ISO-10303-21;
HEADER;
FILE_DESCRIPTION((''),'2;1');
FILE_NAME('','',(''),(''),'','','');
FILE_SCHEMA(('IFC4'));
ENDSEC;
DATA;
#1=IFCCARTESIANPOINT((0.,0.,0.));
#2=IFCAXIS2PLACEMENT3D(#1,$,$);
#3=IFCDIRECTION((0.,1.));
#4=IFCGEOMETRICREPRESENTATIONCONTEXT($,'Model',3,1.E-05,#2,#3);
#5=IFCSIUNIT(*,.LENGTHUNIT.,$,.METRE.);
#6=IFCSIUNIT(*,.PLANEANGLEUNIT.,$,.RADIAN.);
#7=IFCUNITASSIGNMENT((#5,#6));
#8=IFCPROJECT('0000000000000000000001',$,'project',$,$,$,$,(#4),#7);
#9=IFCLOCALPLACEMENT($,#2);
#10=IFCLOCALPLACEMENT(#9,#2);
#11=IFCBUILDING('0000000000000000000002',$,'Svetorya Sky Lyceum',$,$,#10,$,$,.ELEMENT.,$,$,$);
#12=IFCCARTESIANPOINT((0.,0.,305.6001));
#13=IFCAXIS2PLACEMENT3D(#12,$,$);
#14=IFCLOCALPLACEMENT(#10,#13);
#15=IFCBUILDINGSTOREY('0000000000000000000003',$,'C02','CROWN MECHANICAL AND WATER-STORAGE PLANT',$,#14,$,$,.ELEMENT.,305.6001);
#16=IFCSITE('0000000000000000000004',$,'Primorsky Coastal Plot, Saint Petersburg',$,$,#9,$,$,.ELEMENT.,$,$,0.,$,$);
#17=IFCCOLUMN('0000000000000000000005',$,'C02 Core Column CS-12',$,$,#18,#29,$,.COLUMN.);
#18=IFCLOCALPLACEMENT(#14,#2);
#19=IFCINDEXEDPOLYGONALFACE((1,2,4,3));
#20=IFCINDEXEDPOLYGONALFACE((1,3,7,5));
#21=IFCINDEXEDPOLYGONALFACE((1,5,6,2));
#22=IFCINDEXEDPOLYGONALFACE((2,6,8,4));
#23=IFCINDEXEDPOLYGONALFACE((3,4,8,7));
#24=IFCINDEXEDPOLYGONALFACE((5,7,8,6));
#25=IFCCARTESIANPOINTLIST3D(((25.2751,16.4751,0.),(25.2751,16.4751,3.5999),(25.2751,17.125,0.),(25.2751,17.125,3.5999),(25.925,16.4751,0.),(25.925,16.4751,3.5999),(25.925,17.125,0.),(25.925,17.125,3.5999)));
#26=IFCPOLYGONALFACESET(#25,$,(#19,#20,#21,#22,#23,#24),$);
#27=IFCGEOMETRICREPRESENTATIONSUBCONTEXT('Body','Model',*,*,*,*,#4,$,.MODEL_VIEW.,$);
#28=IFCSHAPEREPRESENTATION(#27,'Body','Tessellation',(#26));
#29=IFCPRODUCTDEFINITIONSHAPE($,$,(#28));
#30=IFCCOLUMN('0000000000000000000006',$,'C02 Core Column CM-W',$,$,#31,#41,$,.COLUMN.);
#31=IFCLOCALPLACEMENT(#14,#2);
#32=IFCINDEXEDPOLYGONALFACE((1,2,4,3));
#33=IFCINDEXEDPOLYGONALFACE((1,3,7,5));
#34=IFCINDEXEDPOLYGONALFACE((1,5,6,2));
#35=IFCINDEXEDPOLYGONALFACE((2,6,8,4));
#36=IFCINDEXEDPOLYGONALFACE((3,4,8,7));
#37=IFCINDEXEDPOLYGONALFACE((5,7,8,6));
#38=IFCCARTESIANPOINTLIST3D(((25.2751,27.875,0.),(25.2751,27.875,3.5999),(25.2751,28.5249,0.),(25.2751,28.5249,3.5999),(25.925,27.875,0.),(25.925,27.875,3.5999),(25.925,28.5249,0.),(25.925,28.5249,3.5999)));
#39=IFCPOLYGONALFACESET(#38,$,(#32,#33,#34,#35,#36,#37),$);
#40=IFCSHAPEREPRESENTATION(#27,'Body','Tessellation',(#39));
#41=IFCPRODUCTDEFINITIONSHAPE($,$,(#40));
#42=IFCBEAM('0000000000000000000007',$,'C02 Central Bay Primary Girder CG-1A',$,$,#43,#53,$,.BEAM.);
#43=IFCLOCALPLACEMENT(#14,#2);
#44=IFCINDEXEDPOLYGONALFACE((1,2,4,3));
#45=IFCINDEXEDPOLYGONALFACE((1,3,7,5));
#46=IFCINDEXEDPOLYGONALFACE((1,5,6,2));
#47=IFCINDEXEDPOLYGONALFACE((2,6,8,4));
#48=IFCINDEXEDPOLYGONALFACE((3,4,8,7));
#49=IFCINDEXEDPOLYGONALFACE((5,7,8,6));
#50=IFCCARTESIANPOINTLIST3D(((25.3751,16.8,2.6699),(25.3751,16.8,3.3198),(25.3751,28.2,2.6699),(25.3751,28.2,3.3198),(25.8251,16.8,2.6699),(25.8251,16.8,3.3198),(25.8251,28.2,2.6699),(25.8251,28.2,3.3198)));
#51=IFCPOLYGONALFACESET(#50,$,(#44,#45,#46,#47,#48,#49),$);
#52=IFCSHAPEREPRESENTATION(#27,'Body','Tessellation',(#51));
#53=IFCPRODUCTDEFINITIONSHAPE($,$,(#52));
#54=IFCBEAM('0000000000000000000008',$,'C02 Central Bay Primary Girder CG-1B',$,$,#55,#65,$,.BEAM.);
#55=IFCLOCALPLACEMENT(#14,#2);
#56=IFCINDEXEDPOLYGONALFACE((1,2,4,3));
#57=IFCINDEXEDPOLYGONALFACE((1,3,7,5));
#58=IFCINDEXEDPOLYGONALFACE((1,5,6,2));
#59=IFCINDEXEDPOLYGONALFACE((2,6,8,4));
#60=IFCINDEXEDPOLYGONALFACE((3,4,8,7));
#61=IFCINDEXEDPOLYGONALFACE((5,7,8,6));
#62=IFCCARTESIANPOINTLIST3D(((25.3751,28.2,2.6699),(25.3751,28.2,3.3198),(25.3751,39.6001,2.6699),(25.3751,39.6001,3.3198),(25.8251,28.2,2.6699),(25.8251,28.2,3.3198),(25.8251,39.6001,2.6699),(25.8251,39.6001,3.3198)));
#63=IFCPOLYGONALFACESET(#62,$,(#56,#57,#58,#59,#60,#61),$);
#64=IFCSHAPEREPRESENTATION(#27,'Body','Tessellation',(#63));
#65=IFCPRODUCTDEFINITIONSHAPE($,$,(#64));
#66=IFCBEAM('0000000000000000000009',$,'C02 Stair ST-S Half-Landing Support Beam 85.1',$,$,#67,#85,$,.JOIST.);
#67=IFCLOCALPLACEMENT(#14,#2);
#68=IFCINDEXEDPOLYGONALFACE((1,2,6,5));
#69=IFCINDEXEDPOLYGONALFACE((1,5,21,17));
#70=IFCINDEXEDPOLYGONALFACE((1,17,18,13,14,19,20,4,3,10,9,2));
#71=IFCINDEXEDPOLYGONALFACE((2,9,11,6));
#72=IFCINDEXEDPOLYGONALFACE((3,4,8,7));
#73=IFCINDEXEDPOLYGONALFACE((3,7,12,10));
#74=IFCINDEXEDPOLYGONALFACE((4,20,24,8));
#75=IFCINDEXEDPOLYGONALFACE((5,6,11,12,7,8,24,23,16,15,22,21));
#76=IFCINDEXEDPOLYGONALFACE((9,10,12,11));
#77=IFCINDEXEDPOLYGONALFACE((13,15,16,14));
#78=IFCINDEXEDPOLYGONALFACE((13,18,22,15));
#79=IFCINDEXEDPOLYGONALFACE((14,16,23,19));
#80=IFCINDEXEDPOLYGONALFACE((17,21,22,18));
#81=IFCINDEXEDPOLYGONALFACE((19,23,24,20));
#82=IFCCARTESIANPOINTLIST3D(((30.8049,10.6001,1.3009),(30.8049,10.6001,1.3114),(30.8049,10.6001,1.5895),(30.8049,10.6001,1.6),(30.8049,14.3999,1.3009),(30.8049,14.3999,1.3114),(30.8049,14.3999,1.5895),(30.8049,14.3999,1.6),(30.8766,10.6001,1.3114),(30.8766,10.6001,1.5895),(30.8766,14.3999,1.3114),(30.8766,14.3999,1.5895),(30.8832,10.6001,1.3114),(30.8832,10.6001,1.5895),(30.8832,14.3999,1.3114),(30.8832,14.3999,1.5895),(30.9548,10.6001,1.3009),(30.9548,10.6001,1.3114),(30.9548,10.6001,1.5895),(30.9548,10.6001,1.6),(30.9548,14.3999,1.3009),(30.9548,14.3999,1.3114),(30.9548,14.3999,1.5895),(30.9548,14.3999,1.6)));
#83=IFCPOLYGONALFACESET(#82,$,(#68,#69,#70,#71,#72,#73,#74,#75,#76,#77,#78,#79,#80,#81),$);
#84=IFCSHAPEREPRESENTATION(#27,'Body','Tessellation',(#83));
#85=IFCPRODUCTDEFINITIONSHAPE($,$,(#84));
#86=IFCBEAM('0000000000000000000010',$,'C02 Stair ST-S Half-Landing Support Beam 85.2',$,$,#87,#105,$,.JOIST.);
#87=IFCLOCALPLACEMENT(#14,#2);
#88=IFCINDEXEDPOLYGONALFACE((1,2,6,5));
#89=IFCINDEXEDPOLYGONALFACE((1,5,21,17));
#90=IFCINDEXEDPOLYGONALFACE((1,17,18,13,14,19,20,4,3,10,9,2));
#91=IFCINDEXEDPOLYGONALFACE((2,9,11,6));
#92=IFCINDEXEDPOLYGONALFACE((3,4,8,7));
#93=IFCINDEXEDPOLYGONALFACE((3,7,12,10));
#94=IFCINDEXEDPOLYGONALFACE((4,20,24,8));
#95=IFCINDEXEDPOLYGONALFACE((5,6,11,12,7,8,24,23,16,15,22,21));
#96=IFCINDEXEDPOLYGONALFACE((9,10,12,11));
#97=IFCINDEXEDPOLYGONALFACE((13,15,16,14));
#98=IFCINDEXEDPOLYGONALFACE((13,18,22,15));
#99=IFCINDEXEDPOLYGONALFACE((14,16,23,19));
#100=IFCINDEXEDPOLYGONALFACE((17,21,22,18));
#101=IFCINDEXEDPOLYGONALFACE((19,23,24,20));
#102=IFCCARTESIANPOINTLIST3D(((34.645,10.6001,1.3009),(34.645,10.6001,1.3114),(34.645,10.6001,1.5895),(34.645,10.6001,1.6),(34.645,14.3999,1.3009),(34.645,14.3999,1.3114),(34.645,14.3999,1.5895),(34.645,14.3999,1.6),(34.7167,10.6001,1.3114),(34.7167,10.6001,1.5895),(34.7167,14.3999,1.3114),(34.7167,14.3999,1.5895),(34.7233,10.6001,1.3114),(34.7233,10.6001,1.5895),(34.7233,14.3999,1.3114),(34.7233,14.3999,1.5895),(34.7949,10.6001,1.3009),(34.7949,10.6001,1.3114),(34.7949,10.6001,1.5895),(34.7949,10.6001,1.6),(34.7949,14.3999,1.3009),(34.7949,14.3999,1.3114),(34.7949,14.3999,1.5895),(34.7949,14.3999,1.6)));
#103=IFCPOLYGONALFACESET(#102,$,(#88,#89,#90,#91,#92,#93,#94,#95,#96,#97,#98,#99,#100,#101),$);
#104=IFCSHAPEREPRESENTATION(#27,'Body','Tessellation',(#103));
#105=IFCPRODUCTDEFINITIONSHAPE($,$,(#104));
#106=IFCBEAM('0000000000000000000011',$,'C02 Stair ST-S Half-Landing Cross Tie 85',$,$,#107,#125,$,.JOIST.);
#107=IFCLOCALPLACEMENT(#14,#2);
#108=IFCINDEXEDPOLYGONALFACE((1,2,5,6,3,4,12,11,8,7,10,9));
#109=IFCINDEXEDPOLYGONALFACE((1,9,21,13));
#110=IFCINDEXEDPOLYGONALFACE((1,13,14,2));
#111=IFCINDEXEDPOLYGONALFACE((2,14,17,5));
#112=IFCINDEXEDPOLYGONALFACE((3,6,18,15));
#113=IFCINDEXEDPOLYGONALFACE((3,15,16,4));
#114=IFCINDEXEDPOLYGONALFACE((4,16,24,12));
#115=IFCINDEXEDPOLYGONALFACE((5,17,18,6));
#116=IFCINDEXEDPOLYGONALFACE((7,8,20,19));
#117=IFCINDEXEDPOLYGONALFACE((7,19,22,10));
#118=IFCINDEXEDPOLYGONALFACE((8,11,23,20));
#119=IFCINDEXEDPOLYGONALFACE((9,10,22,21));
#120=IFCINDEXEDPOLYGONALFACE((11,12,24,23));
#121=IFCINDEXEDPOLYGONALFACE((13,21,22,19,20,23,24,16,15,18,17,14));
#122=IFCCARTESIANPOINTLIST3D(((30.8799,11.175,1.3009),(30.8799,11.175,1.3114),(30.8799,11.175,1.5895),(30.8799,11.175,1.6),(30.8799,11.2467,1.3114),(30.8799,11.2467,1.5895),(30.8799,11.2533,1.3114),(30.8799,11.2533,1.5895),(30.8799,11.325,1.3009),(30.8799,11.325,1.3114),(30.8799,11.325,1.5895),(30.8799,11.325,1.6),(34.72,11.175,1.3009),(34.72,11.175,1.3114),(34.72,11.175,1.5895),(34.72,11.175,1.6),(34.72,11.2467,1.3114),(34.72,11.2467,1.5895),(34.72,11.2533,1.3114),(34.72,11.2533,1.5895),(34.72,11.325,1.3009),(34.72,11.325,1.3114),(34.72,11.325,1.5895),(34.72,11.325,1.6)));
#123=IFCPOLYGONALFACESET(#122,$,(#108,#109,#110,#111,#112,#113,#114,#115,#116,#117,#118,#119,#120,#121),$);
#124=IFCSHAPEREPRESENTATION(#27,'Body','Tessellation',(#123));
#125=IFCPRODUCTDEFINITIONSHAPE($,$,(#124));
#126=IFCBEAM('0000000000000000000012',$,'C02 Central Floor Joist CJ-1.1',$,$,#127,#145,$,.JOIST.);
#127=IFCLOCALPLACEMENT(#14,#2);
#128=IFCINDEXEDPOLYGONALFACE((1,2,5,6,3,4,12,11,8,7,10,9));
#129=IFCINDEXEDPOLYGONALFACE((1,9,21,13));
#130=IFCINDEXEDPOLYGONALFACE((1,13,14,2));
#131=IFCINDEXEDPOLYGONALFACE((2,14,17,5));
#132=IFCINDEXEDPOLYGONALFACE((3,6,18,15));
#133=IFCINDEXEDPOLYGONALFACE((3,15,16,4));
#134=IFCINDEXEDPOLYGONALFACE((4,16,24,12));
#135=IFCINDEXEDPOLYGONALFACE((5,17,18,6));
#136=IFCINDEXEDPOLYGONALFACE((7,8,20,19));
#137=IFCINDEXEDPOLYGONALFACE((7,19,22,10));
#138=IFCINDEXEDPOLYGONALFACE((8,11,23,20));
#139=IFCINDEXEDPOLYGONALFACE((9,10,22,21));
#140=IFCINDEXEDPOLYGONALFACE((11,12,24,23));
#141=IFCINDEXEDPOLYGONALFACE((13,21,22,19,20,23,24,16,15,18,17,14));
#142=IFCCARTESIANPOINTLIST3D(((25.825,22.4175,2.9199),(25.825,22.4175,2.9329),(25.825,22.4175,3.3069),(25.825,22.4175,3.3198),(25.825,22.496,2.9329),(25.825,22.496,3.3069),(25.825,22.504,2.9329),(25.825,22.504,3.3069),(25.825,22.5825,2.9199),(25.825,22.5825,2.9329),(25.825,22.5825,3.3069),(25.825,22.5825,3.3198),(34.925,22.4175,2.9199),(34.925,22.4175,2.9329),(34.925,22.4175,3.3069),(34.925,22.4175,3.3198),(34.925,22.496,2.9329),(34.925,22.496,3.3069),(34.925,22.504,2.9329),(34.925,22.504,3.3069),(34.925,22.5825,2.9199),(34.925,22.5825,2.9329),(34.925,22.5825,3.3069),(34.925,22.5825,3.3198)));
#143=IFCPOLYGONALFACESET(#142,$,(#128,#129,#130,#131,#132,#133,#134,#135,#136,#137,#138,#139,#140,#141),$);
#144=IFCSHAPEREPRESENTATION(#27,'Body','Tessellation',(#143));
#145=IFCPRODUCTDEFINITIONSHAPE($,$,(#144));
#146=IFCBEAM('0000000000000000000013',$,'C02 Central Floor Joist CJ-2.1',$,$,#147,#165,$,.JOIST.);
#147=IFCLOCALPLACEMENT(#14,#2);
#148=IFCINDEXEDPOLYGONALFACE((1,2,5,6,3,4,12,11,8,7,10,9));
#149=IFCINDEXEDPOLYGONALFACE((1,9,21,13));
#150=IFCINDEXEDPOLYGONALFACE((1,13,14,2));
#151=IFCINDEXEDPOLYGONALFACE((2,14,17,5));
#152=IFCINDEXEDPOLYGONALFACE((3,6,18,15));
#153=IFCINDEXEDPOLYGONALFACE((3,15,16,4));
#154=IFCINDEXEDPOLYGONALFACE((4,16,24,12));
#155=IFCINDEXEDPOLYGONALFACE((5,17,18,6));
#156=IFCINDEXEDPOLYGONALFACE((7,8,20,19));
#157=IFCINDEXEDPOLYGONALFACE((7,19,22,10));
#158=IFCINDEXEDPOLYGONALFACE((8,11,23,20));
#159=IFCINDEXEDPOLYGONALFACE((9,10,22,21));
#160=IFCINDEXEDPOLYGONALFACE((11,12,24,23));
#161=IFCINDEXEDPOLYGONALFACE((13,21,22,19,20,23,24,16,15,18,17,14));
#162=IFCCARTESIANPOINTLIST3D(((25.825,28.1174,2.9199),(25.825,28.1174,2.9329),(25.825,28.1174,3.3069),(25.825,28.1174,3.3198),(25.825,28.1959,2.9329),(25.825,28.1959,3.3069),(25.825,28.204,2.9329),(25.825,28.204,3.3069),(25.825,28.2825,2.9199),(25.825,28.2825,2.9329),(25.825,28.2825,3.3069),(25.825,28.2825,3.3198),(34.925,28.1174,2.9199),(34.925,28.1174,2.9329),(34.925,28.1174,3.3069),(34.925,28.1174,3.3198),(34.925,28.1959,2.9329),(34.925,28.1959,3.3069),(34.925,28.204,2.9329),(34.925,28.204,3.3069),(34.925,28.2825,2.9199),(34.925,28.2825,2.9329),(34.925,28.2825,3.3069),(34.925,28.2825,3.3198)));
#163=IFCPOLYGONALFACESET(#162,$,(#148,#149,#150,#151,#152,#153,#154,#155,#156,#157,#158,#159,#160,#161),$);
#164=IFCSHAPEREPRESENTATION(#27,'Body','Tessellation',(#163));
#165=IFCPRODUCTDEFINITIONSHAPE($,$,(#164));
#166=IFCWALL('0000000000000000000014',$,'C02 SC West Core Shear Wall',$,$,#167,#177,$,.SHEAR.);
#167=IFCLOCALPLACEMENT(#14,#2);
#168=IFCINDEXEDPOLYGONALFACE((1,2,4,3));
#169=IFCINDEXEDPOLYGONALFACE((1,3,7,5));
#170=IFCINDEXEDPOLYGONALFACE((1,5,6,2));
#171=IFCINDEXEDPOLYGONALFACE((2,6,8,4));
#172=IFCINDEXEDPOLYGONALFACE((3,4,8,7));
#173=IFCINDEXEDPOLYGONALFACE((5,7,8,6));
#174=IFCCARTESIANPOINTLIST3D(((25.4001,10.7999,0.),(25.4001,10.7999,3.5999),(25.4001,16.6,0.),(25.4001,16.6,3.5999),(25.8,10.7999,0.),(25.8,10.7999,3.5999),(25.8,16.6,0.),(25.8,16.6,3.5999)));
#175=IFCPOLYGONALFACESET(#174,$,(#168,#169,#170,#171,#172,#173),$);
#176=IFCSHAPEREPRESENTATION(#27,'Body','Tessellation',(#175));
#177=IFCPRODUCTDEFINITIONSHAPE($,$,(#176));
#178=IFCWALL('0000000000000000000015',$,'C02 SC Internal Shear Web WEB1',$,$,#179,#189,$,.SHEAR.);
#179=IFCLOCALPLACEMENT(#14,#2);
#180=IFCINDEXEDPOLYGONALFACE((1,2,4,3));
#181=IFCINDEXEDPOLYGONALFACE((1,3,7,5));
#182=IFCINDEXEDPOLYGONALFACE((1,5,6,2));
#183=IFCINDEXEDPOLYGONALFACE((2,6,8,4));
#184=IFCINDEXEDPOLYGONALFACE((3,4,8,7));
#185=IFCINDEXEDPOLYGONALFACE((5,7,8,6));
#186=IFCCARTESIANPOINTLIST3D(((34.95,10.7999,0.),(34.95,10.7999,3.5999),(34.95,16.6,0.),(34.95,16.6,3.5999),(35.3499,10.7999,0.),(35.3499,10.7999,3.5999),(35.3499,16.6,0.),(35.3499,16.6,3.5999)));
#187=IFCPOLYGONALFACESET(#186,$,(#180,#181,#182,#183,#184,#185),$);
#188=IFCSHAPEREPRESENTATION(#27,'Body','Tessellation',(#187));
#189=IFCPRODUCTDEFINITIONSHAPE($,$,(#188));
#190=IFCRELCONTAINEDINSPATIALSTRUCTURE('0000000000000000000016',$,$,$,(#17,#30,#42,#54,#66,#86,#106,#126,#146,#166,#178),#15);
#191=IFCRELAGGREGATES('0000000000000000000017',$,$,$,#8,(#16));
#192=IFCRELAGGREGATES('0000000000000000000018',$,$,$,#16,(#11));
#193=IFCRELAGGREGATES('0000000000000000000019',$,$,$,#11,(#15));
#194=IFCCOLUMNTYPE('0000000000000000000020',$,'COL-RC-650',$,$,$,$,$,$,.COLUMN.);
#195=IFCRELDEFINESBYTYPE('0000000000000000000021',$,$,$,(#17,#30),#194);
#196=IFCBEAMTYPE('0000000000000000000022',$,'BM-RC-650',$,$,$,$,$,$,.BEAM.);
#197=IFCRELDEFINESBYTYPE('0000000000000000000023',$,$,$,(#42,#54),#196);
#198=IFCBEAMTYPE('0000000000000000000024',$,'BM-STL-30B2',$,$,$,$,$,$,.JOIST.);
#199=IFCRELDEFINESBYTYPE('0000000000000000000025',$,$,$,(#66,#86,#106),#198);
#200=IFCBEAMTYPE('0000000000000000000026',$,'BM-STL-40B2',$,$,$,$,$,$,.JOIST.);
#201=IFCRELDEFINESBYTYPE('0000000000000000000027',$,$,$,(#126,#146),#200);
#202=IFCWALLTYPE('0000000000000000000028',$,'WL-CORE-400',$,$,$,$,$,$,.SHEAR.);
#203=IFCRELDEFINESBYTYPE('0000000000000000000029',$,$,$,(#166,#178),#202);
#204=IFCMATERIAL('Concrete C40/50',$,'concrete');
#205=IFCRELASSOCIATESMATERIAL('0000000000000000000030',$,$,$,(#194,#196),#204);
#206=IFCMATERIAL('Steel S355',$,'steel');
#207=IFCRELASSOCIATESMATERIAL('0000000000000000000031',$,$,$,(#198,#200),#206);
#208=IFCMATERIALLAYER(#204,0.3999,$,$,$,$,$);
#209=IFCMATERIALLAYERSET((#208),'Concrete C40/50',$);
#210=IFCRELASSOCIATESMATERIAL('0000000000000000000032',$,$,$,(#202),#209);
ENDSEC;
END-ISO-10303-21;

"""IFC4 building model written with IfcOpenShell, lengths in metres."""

from ifc_helpers import new_model, si_unit, direction, frame, frame_2d, origin, origin_2d, place, context, subcontext, project, spatial, rectangle, i_section, extrude, material, layer, layer_set, material_profile, profile_set, type_object, element, save


model = new_model("IFC4")

# Units and contexts
model_context = context("Model", 3, precision=1e-05, world=origin(), true_north=direction((0.0, 1.0)))
body_context = subcontext(model_context, "Body", "Model", "MODEL_VIEW")
ifc_project = project(units=[si_unit("LENGTHUNIT", "METRE"), si_unit("PLANEANGLEUNIT", "RADIAN")], contexts=[model_context])

# Site, building, storey
site_placement = place(None, origin())
site = spatial("IfcSite", under=ifc_project, at=site_placement, Name="Primorsky Coastal Plot, Saint Petersburg", CompositionType="ELEMENT", RefElevation=0.0)
building_placement = place(site_placement, origin())
building = spatial("IfcBuilding", under=site, at=building_placement, Name="Svetorya Sky Lyceum", CompositionType="ELEMENT")
storey_placement = place(building_placement, frame((0.0, 0.0, 305.6001)))
storey = spatial("IfcBuildingStorey", under=building, at=storey_placement, Name="C02", Description="CROWN MECHANICAL AND WATER-STORAGE PLANT", CompositionType="ELEMENT", Elevation=305.6001)

# Columns
ifc_material_1 = material(Name="Concrete C40/50", Category="concrete")
ifc_material_profile_1 = material_profile(ifc_material_1, rectangle(XDim=0.6499, YDim=0.6499, at=origin_2d()), Name="RC COL 650x650")
ifc_profile_set_1 = profile_set([ifc_material_profile_1], Name="Concrete C40/50")
column_type = type_object("IfcColumnType", Name="COL-RC-650", PredefinedType="COLUMN", material=ifc_profile_set_1)
for number, where, z_axis, x_axis, name in (
    (1, (25.6001, 16.8, 0.0), (0.0, 0.0, 1.0), (1.0, 0.0, 0.0), "C02 Core Column CS-12"),
    (2, (25.6001, 28.2, 0.0), (0.0, 0.0, 1.0), (1.0, 0.0, 0.0), "C02 Core Column CM-W"),
):
    element("IfcColumn", number, at=place(storey_placement, frame(where, z_axis=z_axis, x_axis=x_axis)), inside=storey, type_object=column_type, Name=name, PredefinedType="COLUMN", context=body_context, shape_type="SweptSolid", body=[
        extrude(rectangle(XDim=0.6499, YDim=0.6499, at=origin_2d()), origin(), (0.0, 0.0, 1.0), 3.5999),
    ])

# Beams
ifc_material_profile_2 = material_profile(ifc_material_1, rectangle(XDim=0.45, YDim=0.6499, at=origin_2d()), Name="RC BEAM 450x650")
ifc_profile_set_2 = profile_set([ifc_material_profile_2], Name="Concrete C40/50")
beam_type_1 = type_object("IfcBeamType", Name="BM-RC-650", PredefinedType="BEAM", material=ifc_profile_set_2)
beam_1_placement = place(storey_placement, frame((25.6001, 16.8, 2.9949), z_axis=(0.0, 1.0, 0.0), x_axis=(-1.0, 0.0, 0.0)))
element("IfcBeam", 3, at=beam_1_placement, inside=storey, type_object=beam_type_1, Name="C02 Central Bay Primary Girder CG-1A", PredefinedType="BEAM", context=body_context, shape_type="SweptSolid", body=[
    extrude(rectangle(XDim=0.45, YDim=0.6499, at=origin_2d()), origin(), (0.0, 0.0, 1.0), 11.3999),
])
beam_2_placement = place(storey_placement, frame((25.6001, 28.2, 2.9949), z_axis=(0.0, 1.0, 0.0), x_axis=(-1.0, 0.0, 0.0)))
element("IfcBeam", 4, at=beam_2_placement, inside=storey, type_object=beam_type_1, Name="C02 Central Bay Primary Girder CG-1B", PredefinedType="BEAM", context=body_context, shape_type="SweptSolid", body=[
    extrude(rectangle(XDim=0.45, YDim=0.6499, at=origin_2d()), origin(), (0.0, 0.0, 1.0), 11.4001),
])
ifc_material_2 = material(Name="Steel S355", Category="steel")
ifc_material_profile_3 = material_profile(ifc_material_2, i_section(OverallWidth=0.1499, OverallDepth=0.2991, WebThickness=0.0066, FlangeThickness=0.0105, at=origin_2d()), Name="GOST 30B2")
ifc_profile_set_3 = profile_set([ifc_material_profile_3], Name="Steel S355")
beam_type_2 = type_object("IfcBeamType", Name="BM-STL-30B2", PredefinedType="JOIST", material=ifc_profile_set_3)
for number, where, z_axis, x_axis, name in (
    (5, (30.8799, 10.6001, 1.4504), (0.0, 1.0, 0.0), (-1.0, 0.0, 0.0), "C02 Stair ST-S Half-Landing Support Beam 85.1"),
    (6, (34.72, 10.6001, 1.4504), (0.0, 1.0, 0.0), (-1.0, 0.0, 0.0), "C02 Stair ST-S Half-Landing Support Beam 85.2"),
):
    element("IfcBeam", number, at=place(storey_placement, frame(where, z_axis=z_axis, x_axis=x_axis)), inside=storey, type_object=beam_type_2, Name=name, PredefinedType="JOIST", context=body_context, shape_type="SweptSolid", body=[
        extrude(i_section(OverallWidth=0.1499, OverallDepth=0.2991, WebThickness=0.0066, FlangeThickness=0.0105, at=origin_2d()), origin(), (0.0, 0.0, 1.0), 3.7998),
    ])
beam_3_placement = place(storey_placement, frame((30.8799, 11.25, 1.4504), z_axis=(1.0, 0.0, 0.0), x_axis=(0.0, 1.0, 0.0)))
element("IfcBeam", 7, at=beam_3_placement, inside=storey, type_object=beam_type_2, Name="C02 Stair ST-S Half-Landing Cross Tie 85", PredefinedType="JOIST", context=body_context, shape_type="SweptSolid", body=[
    extrude(i_section(OverallWidth=0.1499, OverallDepth=0.2991, WebThickness=0.0066, FlangeThickness=0.0105, at=origin_2d()), origin(), (0.0, 0.0, 1.0), 3.8401),
])
ifc_material_profile_4 = material_profile(ifc_material_2, i_section(OverallWidth=0.165, OverallDepth=0.3999, WebThickness=0.0081, FlangeThickness=0.0129, at=origin_2d()), Name="GOST 40B2")
ifc_profile_set_4 = profile_set([ifc_material_profile_4], Name="Steel S355")
beam_type_3 = type_object("IfcBeamType", Name="BM-STL-40B2", PredefinedType="JOIST", material=ifc_profile_set_4)
for number, where, z_axis, x_axis, name in (
    (8, (25.825, 22.5, 3.1199), (1.0, 0.0, 0.0), (0.0, 1.0, 0.0), "C02 Central Floor Joist CJ-1.1"),
    (9, (25.825, 28.2, 3.1199), (1.0, 0.0, 0.0), (0.0, 1.0, 0.0), "C02 Central Floor Joist CJ-2.1"),
):
    element("IfcBeam", number, at=place(storey_placement, frame(where, z_axis=z_axis, x_axis=x_axis)), inside=storey, type_object=beam_type_3, Name=name, PredefinedType="JOIST", context=body_context, shape_type="SweptSolid", body=[
        extrude(i_section(OverallWidth=0.165, OverallDepth=0.3999, WebThickness=0.0081, FlangeThickness=0.0129, at=origin_2d()), origin(), (0.0, 0.0, 1.0), 9.1001),
    ])

# Wall
ifc_layer_1 = layer(ifc_material_1, 0.3999)
ifc_layer_set_1 = layer_set([ifc_layer_1], Name="Concrete C40/50")
wall_type_1 = type_object("IfcWallType", Name="WL-CORE-400", PredefinedType="SHEAR", material=ifc_layer_set_1)
wall_1_placement = place(storey_placement, frame((25.6001, 10.8, 0.0), z_axis=(0.0, 0.0, 1.0), x_axis=(0.0, 1.0, 0.0)))
element("IfcWall", 10, at=wall_1_placement, inside=storey, type_object=wall_type_1, Name="C02 SC West Core Shear Wall", PredefinedType="SHEAR", context=body_context, shape_type="SweptSolid", body=[
    extrude(rectangle(XDim=5.8, YDim=0.3999, at=frame_2d((2.8999, 0.0))), origin(), (0.0, 0.0, 1.0), 3.5999),
])

# Wall
wall_2_placement = place(storey_placement, frame((35.1499, 10.8, 0.0), z_axis=(0.0, 0.0, 1.0), x_axis=(0.0, 1.0, 0.0)))
element("IfcWall", 11, at=wall_2_placement, inside=storey, type_object=wall_type_1, Name="C02 SC Internal Shear Web WEB1", PredefinedType="SHEAR", context=body_context, shape_type="SweptSolid", body=[
    extrude(rectangle(XDim=5.8, YDim=0.3999, at=frame_2d((2.8999, 0.0))), origin(), (0.0, 0.0, 1.0), 3.5999),
])

save(model, "model.ifc")
